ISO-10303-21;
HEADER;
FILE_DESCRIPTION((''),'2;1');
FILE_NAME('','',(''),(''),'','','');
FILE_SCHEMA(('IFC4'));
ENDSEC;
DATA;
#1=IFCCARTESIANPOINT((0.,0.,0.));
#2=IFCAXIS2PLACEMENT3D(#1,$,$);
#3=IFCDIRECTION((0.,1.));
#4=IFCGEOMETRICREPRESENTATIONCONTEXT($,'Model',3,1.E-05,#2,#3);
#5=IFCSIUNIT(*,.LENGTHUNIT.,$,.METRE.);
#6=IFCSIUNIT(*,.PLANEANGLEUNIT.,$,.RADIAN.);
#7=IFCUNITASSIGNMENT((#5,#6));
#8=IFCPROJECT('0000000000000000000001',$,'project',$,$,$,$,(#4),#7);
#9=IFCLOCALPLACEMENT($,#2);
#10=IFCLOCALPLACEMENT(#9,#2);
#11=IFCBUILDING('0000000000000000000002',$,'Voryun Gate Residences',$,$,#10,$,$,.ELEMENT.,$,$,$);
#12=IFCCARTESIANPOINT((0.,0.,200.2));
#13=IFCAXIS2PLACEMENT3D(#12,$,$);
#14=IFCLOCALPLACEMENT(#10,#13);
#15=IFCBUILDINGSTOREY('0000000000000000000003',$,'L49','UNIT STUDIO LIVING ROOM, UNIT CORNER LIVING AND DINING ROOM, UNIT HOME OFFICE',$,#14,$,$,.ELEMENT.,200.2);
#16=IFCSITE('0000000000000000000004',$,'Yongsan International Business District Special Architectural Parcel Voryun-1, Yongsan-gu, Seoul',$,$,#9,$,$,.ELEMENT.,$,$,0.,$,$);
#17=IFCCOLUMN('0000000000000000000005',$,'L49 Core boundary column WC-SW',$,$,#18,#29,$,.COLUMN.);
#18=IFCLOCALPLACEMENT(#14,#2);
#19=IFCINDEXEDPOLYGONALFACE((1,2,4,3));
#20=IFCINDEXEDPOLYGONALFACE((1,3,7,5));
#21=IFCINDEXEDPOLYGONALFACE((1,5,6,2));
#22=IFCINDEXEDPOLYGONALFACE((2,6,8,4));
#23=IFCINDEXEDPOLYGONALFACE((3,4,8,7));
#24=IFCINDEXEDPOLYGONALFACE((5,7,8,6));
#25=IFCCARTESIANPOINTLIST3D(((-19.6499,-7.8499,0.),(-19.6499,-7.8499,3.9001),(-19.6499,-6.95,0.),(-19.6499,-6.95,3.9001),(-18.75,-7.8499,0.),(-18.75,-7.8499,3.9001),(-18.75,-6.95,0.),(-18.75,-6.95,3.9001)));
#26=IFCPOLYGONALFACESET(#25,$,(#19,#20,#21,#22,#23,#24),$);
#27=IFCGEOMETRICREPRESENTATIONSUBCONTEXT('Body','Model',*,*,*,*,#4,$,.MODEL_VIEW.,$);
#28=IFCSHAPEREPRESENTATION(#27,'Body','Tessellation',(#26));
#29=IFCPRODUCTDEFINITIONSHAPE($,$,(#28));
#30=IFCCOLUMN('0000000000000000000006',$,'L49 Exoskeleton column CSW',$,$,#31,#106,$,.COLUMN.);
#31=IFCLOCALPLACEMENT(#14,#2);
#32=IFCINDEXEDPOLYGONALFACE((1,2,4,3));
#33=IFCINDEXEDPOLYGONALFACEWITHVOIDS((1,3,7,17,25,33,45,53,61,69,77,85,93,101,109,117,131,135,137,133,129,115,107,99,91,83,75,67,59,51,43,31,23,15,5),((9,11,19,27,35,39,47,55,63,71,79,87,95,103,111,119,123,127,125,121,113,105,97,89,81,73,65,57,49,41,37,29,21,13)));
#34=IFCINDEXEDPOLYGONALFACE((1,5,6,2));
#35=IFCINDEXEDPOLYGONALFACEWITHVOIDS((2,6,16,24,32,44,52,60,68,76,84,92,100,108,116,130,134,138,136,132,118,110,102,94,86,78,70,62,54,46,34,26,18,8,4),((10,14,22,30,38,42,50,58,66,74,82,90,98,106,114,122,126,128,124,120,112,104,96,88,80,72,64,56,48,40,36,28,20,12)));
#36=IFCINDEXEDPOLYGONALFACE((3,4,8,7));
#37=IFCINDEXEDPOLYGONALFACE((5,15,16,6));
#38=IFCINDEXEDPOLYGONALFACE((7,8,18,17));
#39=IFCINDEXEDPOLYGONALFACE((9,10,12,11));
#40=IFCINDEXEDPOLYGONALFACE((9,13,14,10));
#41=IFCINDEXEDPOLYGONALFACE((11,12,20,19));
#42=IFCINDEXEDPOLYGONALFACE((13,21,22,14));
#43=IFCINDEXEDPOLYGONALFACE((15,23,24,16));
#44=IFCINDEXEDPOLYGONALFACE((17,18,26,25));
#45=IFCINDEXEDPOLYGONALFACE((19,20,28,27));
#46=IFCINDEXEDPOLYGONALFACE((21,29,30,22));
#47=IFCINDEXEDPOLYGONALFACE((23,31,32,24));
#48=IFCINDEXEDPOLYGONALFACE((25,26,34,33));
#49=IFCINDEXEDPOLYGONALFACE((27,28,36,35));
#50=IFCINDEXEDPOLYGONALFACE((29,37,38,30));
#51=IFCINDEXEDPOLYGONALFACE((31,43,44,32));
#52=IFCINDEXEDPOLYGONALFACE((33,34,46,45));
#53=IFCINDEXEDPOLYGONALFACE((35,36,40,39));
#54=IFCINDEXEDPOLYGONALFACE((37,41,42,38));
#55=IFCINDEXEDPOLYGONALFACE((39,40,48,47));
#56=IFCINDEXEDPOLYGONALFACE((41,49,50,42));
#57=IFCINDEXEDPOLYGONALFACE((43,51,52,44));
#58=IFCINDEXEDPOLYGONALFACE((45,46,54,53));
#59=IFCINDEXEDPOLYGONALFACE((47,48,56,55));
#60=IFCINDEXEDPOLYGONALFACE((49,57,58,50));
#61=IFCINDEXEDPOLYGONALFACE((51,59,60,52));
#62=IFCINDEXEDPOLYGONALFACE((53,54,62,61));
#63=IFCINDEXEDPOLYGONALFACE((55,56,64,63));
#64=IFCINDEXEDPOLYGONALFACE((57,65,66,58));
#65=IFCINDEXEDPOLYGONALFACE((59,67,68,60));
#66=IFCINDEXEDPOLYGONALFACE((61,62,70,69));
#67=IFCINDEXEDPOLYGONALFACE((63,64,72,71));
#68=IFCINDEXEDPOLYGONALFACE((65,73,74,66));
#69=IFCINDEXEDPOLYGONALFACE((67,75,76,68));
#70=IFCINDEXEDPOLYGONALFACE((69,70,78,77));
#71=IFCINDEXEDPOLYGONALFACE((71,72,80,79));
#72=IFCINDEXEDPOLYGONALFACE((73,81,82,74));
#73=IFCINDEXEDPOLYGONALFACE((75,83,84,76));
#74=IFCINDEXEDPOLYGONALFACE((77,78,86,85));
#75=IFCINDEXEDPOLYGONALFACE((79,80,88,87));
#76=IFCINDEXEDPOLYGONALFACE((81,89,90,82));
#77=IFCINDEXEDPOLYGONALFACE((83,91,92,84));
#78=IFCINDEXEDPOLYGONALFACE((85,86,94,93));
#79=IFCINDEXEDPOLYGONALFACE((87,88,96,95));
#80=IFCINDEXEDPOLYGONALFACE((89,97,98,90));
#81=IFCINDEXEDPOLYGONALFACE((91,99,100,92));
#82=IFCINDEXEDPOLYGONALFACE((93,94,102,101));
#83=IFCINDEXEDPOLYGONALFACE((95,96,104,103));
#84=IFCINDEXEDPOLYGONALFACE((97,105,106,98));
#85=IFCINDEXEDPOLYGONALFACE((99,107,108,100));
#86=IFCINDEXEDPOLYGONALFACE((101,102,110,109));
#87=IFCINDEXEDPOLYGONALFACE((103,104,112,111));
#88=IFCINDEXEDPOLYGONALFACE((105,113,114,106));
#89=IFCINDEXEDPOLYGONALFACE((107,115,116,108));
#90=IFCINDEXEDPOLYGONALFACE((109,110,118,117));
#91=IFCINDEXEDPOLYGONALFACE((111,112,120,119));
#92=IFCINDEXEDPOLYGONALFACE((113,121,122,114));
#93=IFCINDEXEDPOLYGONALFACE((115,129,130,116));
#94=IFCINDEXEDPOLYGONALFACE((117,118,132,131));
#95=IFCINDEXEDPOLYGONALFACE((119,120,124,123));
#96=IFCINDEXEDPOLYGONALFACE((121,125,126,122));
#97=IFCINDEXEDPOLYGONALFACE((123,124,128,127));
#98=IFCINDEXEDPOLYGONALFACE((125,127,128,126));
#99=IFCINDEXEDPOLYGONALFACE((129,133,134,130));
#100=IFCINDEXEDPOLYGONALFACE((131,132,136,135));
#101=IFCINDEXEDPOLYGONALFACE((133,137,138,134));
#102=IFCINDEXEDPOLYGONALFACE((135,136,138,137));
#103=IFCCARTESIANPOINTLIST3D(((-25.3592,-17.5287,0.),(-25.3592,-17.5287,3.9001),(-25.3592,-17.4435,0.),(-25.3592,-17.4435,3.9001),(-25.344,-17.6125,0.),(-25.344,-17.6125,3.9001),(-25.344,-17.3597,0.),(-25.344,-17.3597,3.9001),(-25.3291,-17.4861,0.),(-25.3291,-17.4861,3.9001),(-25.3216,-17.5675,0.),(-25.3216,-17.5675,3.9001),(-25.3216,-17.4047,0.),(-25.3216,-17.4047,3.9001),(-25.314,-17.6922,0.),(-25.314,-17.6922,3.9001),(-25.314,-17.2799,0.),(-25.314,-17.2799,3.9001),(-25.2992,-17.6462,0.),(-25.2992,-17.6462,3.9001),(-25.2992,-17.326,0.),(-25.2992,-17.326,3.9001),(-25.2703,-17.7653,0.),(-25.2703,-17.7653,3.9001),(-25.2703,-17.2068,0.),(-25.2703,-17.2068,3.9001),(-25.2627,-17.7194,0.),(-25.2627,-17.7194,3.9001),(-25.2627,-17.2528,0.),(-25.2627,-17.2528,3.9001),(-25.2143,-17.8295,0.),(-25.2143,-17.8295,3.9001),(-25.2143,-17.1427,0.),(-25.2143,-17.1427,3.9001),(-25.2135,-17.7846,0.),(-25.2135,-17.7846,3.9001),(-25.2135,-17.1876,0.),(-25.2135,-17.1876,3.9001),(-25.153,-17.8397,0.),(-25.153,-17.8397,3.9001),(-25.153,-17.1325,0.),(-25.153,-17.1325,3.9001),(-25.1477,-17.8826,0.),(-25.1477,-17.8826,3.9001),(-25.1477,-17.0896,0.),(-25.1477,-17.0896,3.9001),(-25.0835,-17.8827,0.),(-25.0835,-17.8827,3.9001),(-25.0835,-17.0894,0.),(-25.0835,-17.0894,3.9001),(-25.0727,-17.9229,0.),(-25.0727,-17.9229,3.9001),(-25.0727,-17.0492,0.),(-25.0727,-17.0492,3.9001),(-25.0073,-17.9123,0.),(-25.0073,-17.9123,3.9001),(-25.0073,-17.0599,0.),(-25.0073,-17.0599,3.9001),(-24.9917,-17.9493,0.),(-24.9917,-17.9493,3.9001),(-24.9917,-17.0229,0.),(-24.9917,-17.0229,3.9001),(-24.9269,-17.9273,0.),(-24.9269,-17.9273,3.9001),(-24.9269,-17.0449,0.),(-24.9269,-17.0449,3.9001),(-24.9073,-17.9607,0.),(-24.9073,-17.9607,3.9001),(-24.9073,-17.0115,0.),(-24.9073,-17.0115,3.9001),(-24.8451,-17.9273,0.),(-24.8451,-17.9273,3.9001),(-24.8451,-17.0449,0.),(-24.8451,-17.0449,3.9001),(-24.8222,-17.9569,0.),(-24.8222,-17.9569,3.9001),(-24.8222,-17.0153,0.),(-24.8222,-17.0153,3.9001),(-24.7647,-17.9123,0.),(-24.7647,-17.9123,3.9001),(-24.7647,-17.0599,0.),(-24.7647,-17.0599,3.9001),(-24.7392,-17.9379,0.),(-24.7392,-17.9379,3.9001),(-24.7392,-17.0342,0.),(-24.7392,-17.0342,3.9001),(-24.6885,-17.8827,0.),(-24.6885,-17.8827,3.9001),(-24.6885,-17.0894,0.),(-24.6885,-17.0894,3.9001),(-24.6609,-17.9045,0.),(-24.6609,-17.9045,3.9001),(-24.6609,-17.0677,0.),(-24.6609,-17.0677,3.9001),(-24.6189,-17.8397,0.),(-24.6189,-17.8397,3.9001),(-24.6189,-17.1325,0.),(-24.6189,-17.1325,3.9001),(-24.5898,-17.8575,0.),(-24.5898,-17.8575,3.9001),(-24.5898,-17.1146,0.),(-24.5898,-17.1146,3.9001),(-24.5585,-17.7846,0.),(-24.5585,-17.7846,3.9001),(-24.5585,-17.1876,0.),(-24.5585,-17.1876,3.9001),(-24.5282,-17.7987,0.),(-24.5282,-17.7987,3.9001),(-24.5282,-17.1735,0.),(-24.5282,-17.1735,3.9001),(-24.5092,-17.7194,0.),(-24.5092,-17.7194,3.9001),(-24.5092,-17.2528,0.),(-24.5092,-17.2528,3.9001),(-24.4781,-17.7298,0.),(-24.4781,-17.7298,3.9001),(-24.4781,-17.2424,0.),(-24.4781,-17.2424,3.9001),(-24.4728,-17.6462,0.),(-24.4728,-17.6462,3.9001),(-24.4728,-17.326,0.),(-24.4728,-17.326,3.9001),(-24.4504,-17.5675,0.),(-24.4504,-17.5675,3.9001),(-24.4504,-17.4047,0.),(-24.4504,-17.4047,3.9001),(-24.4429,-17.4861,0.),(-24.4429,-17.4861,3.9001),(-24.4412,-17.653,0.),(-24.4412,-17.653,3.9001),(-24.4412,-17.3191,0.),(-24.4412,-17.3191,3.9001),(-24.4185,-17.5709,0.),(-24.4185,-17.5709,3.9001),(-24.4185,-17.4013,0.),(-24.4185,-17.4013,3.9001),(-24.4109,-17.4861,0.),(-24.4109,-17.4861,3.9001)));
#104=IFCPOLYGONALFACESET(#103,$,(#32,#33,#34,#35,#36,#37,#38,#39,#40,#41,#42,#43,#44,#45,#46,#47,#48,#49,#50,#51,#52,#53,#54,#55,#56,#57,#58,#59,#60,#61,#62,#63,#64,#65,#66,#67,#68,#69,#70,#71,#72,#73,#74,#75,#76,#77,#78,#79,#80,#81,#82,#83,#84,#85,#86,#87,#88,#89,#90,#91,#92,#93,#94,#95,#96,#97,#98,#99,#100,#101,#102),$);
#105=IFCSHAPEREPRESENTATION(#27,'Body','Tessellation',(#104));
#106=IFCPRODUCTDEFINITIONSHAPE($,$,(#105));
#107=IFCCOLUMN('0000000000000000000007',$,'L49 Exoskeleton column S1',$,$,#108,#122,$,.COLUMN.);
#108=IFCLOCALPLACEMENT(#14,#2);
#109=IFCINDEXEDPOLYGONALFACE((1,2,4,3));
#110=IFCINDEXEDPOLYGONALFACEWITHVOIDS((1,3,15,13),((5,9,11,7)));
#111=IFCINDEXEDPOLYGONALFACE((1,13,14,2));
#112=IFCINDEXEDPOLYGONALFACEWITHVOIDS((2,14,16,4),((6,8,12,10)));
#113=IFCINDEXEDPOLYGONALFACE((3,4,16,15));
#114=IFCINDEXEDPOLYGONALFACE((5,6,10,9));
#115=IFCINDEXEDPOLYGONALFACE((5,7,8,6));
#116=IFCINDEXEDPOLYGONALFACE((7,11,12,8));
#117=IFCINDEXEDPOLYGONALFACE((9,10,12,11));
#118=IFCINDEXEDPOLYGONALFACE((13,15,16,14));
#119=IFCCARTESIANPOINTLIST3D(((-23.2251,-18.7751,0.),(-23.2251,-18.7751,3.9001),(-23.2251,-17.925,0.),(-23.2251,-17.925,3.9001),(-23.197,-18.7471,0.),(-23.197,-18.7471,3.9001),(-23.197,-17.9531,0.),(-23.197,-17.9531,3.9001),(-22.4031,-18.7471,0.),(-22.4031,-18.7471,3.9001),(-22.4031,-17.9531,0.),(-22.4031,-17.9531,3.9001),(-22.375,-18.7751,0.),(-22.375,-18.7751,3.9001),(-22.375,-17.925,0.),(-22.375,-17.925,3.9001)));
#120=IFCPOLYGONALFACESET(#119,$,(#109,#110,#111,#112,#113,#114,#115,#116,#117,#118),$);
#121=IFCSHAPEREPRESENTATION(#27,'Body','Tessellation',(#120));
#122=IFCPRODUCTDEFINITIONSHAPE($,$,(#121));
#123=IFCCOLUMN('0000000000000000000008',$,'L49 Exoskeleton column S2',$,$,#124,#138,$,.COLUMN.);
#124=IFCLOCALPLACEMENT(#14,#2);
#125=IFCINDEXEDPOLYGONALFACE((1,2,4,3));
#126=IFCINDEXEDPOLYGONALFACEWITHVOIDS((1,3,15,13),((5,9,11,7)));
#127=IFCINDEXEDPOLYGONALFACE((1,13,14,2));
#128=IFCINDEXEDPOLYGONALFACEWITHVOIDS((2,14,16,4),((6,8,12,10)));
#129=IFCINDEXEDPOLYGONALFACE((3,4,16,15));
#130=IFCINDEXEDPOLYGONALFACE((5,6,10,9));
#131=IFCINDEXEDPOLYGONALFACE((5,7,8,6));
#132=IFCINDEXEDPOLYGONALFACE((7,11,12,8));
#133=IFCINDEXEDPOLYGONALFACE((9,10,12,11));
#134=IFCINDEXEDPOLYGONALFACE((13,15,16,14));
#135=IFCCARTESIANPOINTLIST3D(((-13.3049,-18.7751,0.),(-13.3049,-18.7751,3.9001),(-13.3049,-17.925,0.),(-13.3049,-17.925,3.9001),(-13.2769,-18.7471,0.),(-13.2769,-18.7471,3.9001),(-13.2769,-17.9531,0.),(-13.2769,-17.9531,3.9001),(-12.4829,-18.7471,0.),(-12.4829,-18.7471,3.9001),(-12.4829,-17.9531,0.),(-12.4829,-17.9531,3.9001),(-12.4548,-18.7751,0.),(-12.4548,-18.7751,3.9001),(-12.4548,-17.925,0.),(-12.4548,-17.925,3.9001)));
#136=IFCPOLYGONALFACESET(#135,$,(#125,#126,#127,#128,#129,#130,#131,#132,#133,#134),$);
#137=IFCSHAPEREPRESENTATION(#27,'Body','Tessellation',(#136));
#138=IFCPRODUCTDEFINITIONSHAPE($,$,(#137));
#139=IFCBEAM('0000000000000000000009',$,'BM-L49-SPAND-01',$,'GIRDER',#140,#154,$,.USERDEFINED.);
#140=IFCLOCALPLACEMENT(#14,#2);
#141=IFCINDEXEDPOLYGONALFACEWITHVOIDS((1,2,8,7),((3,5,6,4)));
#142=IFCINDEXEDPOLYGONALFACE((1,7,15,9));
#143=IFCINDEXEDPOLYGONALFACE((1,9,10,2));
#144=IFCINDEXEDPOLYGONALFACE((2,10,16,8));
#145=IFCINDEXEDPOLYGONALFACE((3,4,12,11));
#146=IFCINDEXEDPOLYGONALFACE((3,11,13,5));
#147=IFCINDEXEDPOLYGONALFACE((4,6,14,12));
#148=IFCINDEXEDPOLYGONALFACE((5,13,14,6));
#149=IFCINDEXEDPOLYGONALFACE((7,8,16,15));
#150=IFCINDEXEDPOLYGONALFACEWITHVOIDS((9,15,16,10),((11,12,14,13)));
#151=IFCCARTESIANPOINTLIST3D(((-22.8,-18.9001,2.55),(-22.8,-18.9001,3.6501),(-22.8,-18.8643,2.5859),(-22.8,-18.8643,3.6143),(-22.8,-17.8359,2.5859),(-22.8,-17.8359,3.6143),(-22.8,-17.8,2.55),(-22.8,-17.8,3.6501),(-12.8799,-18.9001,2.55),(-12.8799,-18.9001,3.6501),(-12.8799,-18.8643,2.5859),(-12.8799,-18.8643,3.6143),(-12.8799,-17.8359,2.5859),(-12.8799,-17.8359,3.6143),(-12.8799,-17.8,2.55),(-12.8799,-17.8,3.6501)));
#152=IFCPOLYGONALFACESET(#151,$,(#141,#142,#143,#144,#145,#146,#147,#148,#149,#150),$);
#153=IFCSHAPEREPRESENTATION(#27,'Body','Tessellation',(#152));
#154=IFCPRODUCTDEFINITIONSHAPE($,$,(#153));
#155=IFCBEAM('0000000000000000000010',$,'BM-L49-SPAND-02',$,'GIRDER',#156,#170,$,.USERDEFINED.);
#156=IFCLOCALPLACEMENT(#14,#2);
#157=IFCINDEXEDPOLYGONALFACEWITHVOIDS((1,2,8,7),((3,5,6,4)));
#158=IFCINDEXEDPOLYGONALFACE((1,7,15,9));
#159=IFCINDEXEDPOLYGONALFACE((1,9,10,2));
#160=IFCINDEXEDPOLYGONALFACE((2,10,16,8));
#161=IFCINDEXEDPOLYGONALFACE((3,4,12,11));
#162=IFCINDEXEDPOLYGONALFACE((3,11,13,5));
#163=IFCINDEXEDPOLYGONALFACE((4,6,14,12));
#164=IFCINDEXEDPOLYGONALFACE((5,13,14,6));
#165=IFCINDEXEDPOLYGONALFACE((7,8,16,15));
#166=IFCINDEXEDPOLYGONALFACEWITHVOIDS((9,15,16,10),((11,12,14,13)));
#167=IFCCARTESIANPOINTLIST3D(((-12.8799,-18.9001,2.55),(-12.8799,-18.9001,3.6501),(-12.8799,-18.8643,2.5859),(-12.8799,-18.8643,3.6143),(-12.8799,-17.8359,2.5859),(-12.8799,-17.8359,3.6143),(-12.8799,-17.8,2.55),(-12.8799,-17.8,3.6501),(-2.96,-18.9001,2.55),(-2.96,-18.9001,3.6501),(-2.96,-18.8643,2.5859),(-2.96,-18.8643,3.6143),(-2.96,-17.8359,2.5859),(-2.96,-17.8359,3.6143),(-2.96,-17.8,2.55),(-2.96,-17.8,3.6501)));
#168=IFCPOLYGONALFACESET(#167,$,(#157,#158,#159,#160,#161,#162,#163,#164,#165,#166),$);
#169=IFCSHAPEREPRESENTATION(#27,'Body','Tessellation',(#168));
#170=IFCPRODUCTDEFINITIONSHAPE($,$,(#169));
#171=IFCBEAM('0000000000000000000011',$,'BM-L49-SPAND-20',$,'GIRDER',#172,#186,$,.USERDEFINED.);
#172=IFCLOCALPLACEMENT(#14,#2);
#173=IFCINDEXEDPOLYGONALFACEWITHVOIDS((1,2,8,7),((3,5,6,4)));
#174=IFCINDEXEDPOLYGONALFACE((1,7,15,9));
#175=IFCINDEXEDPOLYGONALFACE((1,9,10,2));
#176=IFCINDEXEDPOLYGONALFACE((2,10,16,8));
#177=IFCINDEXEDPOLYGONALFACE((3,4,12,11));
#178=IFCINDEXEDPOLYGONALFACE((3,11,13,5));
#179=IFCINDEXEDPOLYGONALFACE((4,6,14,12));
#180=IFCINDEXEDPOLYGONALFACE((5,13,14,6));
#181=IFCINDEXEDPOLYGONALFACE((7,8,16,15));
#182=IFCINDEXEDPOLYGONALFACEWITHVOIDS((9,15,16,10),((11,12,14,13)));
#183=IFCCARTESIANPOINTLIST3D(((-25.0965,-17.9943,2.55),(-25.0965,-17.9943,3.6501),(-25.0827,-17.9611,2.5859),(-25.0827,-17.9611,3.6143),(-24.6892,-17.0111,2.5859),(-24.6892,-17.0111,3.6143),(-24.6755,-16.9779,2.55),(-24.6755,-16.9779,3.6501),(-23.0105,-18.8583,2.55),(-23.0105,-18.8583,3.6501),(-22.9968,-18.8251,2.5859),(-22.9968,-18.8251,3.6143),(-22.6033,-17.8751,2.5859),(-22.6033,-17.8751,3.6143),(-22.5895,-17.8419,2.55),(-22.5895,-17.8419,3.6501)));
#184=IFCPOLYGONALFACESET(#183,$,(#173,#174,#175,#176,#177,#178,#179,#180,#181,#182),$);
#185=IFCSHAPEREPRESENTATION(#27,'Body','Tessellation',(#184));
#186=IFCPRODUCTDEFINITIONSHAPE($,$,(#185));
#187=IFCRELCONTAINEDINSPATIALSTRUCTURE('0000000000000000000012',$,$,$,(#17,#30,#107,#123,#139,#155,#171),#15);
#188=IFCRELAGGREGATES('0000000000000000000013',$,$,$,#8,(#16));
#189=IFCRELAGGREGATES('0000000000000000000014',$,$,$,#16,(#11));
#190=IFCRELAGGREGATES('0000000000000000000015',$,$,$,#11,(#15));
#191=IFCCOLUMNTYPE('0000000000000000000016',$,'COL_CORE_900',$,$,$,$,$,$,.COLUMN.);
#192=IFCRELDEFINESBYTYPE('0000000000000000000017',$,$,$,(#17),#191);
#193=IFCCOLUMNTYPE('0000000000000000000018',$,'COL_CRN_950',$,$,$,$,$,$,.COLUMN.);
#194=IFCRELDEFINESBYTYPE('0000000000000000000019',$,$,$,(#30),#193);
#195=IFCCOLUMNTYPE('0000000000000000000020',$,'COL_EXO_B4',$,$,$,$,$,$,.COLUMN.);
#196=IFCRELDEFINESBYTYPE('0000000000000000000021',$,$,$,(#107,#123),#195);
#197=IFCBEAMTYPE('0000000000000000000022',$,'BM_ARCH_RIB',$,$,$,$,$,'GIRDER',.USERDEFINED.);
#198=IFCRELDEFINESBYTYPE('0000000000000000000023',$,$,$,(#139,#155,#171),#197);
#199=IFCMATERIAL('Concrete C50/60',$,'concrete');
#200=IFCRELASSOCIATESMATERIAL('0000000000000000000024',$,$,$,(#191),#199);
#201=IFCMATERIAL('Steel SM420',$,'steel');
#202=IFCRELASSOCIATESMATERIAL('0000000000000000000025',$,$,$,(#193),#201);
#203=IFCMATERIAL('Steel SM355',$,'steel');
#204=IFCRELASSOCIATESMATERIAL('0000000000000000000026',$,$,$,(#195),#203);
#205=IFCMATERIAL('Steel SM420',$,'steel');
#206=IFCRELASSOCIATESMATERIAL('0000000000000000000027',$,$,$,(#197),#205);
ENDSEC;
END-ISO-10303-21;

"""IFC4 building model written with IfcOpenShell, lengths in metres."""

from ifc_helpers import new_model, si_unit, direction, frame, origin, origin_2d, place, context, subcontext, project, spatial, rectangle, hollow_rectangle, hollow_circle, extrude, material, material_profile, profile_set, type_object, element, save


model = new_model("IFC4")

# Units and contexts
model_context = context("Model", 3, precision=1e-05, world=origin(), true_north=direction((0.0, 1.0)))
body_context = subcontext(model_context, "Body", "Model", "MODEL_VIEW")
ifc_project = project(units=[si_unit("LENGTHUNIT", "METRE"), si_unit("PLANEANGLEUNIT", "RADIAN")], contexts=[model_context])

# Site, building, storey
site_placement = place(None, origin())
site = spatial("IfcSite", under=ifc_project, at=site_placement, Name="Yongsan International Business District Special Architectural Parcel Voryun-1, Yongsan-gu, Seoul", CompositionType="ELEMENT", RefElevation=0.0)
building_placement = place(site_placement, origin())
building = spatial("IfcBuilding", under=site, at=building_placement, Name="Voryun Gate Residences", CompositionType="ELEMENT")
storey_placement = place(building_placement, frame((0.0, 0.0, 200.2)))
storey = spatial("IfcBuildingStorey", under=building, at=storey_placement, Name="L49", Description="UNIT STUDIO LIVING ROOM, UNIT CORNER LIVING AND DINING ROOM, UNIT HOME OFFICE", CompositionType="ELEMENT", Elevation=200.2)

# Columns
ifc_material_1 = material(Name="Concrete C50/60", Category="concrete")
ifc_material_profile_1 = material_profile(ifc_material_1, rectangle(XDim=0.8999, YDim=0.8999, at=origin_2d()), Name="RC-900x900")
ifc_profile_set_1 = profile_set([ifc_material_profile_1], Name="Concrete C50/60")
column_type_1 = type_object("IfcColumnType", Name="COL_CORE_900", PredefinedType="COLUMN", material=ifc_profile_set_1)
column_1_placement = place(storey_placement, frame((-19.2, -7.3999, 0.0), z_axis=(0.0, 0.0, 1.0), x_axis=(1.0, 0.0, 0.0)))
element("IfcColumn", 1, at=column_1_placement, inside=storey, type_object=column_type_1, Name="L49 Core boundary column WC-SW", PredefinedType="COLUMN", context=body_context, shape_type="SweptSolid", body=[
    extrude(rectangle(XDim=0.8999, YDim=0.8999, at=origin_2d()), origin(), (0.0, 0.0, 1.0), 3.9001),
])
ifc_material_2 = material(Name="Steel SM420", Category="steel")
ifc_material_profile_2 = material_profile(ifc_material_2, hollow_circle(Radius=0.4751, WallThickness=0.032, at=origin_2d()), Name="CHS-950x32")
ifc_profile_set_2 = profile_set([ifc_material_profile_2], Name="Steel SM420")
column_type_2 = type_object("IfcColumnType", Name="COL_CRN_950", PredefinedType="COLUMN", material=ifc_profile_set_2)
column_2_placement = place(storey_placement, frame((-24.886, -17.4861, 0.0), z_axis=(0.0, 0.0, 1.0), x_axis=(1.0, 0.0, 0.0)))
element("IfcColumn", 2, at=column_2_placement, inside=storey, type_object=column_type_2, Name="L49 Exoskeleton column CSW", PredefinedType="COLUMN", context=body_context, shape_type="SweptSolid", body=[
    extrude(hollow_circle(Radius=0.4751, WallThickness=0.032, at=origin_2d()), origin(), (0.0, 0.0, 1.0), 3.9001),
])
ifc_material_3 = material(Name="Steel SM355", Category="steel")
ifc_material_profile_3 = material_profile(ifc_material_3, hollow_rectangle(XDim=0.8501, YDim=0.8501, WallThickness=0.0281, at=origin_2d()), Name="BOX-850x850x28")
ifc_profile_set_3 = profile_set([ifc_material_profile_3], Name="Steel SM355")
column_type_3 = type_object("IfcColumnType", Name="COL_EXO_B4", PredefinedType="COLUMN", material=ifc_profile_set_3)
for number, where, z_axis, x_axis, name in (
    (3, (-22.8, -18.3501, 0.0), (0.0, 0.0, 1.0), (1.0, 0.0, 0.0), "L49 Exoskeleton column S1"),
    (4, (-12.8799, -18.3501, 0.0), (0.0, 0.0, 1.0), (1.0, 0.0, 0.0), "L49 Exoskeleton column S2"),
):
    element("IfcColumn", number, at=place(storey_placement, frame(where, z_axis=z_axis, x_axis=x_axis)), inside=storey, type_object=column_type_3, Name=name, PredefinedType="COLUMN", context=body_context, shape_type="SweptSolid", body=[
        extrude(hollow_rectangle(XDim=0.8501, YDim=0.8501, WallThickness=0.0281, at=origin_2d()), origin(), (0.0, 0.0, 1.0), 3.9001),
    ])

# Beams
ifc_material_4 = material(Name="Steel SM420", Category="steel")
ifc_material_profile_4 = material_profile(ifc_material_4, hollow_rectangle(XDim=1.1001, YDim=1.1001, WallThickness=0.0359, at=origin_2d()), Name="BOX-1100x1100x36")
ifc_profile_set_4 = profile_set([ifc_material_profile_4], Name="Steel SM420")
beam_type = type_object("IfcBeamType", Name="BM_ARCH_RIB", ElementType="GIRDER", PredefinedType="USERDEFINED", material=ifc_profile_set_4)
beam_1_placement = place(storey_placement, frame((-22.8, -18.3501, 3.1001), z_axis=(1.0, 0.0, 0.0), x_axis=(0.0, 1.0, 0.0)))
element("IfcBeam", 5, at=beam_1_placement, inside=storey, type_object=beam_type, Name="BM-L49-SPAND-01", ObjectType="GIRDER", PredefinedType="USERDEFINED", context=body_context, shape_type="SweptSolid", body=[
    extrude(hollow_rectangle(XDim=1.1001, YDim=1.1001, WallThickness=0.0359, at=origin_2d()), origin(), (0.0, 0.0, 1.0), 9.9202),
])
beam_2_placement = place(storey_placement, frame((-12.8799, -18.3501, 3.1001), z_axis=(1.0, 0.0, 0.0), x_axis=(0.0, 1.0, 0.0)))
element("IfcBeam", 6, at=beam_2_placement, inside=storey, type_object=beam_type, Name="BM-L49-SPAND-02", ObjectType="GIRDER", PredefinedType="USERDEFINED", context=body_context, shape_type="SweptSolid", body=[
    extrude(hollow_rectangle(XDim=1.1001, YDim=1.1001, WallThickness=0.0359, at=origin_2d()), origin(), (0.0, 0.0, 1.0), 9.9199),
])
beam_3_placement = place(storey_placement, frame((-24.886, -17.4861, 3.1001), z_axis=(0.923881, -0.38268, 0.0), x_axis=(0.38268, 0.923881, 0.0)))
element("IfcBeam", 7, at=beam_3_placement, inside=storey, type_object=beam_type, Name="BM-L49-SPAND-20", ObjectType="GIRDER", PredefinedType="USERDEFINED", context=body_context, shape_type="SweptSolid", body=[
    extrude(hollow_rectangle(XDim=1.1001, YDim=1.1001, WallThickness=0.0359, at=origin_2d()), origin(), (0.0, 0.0, 1.0), 2.2578),
])

save(model, "model.ifc")
